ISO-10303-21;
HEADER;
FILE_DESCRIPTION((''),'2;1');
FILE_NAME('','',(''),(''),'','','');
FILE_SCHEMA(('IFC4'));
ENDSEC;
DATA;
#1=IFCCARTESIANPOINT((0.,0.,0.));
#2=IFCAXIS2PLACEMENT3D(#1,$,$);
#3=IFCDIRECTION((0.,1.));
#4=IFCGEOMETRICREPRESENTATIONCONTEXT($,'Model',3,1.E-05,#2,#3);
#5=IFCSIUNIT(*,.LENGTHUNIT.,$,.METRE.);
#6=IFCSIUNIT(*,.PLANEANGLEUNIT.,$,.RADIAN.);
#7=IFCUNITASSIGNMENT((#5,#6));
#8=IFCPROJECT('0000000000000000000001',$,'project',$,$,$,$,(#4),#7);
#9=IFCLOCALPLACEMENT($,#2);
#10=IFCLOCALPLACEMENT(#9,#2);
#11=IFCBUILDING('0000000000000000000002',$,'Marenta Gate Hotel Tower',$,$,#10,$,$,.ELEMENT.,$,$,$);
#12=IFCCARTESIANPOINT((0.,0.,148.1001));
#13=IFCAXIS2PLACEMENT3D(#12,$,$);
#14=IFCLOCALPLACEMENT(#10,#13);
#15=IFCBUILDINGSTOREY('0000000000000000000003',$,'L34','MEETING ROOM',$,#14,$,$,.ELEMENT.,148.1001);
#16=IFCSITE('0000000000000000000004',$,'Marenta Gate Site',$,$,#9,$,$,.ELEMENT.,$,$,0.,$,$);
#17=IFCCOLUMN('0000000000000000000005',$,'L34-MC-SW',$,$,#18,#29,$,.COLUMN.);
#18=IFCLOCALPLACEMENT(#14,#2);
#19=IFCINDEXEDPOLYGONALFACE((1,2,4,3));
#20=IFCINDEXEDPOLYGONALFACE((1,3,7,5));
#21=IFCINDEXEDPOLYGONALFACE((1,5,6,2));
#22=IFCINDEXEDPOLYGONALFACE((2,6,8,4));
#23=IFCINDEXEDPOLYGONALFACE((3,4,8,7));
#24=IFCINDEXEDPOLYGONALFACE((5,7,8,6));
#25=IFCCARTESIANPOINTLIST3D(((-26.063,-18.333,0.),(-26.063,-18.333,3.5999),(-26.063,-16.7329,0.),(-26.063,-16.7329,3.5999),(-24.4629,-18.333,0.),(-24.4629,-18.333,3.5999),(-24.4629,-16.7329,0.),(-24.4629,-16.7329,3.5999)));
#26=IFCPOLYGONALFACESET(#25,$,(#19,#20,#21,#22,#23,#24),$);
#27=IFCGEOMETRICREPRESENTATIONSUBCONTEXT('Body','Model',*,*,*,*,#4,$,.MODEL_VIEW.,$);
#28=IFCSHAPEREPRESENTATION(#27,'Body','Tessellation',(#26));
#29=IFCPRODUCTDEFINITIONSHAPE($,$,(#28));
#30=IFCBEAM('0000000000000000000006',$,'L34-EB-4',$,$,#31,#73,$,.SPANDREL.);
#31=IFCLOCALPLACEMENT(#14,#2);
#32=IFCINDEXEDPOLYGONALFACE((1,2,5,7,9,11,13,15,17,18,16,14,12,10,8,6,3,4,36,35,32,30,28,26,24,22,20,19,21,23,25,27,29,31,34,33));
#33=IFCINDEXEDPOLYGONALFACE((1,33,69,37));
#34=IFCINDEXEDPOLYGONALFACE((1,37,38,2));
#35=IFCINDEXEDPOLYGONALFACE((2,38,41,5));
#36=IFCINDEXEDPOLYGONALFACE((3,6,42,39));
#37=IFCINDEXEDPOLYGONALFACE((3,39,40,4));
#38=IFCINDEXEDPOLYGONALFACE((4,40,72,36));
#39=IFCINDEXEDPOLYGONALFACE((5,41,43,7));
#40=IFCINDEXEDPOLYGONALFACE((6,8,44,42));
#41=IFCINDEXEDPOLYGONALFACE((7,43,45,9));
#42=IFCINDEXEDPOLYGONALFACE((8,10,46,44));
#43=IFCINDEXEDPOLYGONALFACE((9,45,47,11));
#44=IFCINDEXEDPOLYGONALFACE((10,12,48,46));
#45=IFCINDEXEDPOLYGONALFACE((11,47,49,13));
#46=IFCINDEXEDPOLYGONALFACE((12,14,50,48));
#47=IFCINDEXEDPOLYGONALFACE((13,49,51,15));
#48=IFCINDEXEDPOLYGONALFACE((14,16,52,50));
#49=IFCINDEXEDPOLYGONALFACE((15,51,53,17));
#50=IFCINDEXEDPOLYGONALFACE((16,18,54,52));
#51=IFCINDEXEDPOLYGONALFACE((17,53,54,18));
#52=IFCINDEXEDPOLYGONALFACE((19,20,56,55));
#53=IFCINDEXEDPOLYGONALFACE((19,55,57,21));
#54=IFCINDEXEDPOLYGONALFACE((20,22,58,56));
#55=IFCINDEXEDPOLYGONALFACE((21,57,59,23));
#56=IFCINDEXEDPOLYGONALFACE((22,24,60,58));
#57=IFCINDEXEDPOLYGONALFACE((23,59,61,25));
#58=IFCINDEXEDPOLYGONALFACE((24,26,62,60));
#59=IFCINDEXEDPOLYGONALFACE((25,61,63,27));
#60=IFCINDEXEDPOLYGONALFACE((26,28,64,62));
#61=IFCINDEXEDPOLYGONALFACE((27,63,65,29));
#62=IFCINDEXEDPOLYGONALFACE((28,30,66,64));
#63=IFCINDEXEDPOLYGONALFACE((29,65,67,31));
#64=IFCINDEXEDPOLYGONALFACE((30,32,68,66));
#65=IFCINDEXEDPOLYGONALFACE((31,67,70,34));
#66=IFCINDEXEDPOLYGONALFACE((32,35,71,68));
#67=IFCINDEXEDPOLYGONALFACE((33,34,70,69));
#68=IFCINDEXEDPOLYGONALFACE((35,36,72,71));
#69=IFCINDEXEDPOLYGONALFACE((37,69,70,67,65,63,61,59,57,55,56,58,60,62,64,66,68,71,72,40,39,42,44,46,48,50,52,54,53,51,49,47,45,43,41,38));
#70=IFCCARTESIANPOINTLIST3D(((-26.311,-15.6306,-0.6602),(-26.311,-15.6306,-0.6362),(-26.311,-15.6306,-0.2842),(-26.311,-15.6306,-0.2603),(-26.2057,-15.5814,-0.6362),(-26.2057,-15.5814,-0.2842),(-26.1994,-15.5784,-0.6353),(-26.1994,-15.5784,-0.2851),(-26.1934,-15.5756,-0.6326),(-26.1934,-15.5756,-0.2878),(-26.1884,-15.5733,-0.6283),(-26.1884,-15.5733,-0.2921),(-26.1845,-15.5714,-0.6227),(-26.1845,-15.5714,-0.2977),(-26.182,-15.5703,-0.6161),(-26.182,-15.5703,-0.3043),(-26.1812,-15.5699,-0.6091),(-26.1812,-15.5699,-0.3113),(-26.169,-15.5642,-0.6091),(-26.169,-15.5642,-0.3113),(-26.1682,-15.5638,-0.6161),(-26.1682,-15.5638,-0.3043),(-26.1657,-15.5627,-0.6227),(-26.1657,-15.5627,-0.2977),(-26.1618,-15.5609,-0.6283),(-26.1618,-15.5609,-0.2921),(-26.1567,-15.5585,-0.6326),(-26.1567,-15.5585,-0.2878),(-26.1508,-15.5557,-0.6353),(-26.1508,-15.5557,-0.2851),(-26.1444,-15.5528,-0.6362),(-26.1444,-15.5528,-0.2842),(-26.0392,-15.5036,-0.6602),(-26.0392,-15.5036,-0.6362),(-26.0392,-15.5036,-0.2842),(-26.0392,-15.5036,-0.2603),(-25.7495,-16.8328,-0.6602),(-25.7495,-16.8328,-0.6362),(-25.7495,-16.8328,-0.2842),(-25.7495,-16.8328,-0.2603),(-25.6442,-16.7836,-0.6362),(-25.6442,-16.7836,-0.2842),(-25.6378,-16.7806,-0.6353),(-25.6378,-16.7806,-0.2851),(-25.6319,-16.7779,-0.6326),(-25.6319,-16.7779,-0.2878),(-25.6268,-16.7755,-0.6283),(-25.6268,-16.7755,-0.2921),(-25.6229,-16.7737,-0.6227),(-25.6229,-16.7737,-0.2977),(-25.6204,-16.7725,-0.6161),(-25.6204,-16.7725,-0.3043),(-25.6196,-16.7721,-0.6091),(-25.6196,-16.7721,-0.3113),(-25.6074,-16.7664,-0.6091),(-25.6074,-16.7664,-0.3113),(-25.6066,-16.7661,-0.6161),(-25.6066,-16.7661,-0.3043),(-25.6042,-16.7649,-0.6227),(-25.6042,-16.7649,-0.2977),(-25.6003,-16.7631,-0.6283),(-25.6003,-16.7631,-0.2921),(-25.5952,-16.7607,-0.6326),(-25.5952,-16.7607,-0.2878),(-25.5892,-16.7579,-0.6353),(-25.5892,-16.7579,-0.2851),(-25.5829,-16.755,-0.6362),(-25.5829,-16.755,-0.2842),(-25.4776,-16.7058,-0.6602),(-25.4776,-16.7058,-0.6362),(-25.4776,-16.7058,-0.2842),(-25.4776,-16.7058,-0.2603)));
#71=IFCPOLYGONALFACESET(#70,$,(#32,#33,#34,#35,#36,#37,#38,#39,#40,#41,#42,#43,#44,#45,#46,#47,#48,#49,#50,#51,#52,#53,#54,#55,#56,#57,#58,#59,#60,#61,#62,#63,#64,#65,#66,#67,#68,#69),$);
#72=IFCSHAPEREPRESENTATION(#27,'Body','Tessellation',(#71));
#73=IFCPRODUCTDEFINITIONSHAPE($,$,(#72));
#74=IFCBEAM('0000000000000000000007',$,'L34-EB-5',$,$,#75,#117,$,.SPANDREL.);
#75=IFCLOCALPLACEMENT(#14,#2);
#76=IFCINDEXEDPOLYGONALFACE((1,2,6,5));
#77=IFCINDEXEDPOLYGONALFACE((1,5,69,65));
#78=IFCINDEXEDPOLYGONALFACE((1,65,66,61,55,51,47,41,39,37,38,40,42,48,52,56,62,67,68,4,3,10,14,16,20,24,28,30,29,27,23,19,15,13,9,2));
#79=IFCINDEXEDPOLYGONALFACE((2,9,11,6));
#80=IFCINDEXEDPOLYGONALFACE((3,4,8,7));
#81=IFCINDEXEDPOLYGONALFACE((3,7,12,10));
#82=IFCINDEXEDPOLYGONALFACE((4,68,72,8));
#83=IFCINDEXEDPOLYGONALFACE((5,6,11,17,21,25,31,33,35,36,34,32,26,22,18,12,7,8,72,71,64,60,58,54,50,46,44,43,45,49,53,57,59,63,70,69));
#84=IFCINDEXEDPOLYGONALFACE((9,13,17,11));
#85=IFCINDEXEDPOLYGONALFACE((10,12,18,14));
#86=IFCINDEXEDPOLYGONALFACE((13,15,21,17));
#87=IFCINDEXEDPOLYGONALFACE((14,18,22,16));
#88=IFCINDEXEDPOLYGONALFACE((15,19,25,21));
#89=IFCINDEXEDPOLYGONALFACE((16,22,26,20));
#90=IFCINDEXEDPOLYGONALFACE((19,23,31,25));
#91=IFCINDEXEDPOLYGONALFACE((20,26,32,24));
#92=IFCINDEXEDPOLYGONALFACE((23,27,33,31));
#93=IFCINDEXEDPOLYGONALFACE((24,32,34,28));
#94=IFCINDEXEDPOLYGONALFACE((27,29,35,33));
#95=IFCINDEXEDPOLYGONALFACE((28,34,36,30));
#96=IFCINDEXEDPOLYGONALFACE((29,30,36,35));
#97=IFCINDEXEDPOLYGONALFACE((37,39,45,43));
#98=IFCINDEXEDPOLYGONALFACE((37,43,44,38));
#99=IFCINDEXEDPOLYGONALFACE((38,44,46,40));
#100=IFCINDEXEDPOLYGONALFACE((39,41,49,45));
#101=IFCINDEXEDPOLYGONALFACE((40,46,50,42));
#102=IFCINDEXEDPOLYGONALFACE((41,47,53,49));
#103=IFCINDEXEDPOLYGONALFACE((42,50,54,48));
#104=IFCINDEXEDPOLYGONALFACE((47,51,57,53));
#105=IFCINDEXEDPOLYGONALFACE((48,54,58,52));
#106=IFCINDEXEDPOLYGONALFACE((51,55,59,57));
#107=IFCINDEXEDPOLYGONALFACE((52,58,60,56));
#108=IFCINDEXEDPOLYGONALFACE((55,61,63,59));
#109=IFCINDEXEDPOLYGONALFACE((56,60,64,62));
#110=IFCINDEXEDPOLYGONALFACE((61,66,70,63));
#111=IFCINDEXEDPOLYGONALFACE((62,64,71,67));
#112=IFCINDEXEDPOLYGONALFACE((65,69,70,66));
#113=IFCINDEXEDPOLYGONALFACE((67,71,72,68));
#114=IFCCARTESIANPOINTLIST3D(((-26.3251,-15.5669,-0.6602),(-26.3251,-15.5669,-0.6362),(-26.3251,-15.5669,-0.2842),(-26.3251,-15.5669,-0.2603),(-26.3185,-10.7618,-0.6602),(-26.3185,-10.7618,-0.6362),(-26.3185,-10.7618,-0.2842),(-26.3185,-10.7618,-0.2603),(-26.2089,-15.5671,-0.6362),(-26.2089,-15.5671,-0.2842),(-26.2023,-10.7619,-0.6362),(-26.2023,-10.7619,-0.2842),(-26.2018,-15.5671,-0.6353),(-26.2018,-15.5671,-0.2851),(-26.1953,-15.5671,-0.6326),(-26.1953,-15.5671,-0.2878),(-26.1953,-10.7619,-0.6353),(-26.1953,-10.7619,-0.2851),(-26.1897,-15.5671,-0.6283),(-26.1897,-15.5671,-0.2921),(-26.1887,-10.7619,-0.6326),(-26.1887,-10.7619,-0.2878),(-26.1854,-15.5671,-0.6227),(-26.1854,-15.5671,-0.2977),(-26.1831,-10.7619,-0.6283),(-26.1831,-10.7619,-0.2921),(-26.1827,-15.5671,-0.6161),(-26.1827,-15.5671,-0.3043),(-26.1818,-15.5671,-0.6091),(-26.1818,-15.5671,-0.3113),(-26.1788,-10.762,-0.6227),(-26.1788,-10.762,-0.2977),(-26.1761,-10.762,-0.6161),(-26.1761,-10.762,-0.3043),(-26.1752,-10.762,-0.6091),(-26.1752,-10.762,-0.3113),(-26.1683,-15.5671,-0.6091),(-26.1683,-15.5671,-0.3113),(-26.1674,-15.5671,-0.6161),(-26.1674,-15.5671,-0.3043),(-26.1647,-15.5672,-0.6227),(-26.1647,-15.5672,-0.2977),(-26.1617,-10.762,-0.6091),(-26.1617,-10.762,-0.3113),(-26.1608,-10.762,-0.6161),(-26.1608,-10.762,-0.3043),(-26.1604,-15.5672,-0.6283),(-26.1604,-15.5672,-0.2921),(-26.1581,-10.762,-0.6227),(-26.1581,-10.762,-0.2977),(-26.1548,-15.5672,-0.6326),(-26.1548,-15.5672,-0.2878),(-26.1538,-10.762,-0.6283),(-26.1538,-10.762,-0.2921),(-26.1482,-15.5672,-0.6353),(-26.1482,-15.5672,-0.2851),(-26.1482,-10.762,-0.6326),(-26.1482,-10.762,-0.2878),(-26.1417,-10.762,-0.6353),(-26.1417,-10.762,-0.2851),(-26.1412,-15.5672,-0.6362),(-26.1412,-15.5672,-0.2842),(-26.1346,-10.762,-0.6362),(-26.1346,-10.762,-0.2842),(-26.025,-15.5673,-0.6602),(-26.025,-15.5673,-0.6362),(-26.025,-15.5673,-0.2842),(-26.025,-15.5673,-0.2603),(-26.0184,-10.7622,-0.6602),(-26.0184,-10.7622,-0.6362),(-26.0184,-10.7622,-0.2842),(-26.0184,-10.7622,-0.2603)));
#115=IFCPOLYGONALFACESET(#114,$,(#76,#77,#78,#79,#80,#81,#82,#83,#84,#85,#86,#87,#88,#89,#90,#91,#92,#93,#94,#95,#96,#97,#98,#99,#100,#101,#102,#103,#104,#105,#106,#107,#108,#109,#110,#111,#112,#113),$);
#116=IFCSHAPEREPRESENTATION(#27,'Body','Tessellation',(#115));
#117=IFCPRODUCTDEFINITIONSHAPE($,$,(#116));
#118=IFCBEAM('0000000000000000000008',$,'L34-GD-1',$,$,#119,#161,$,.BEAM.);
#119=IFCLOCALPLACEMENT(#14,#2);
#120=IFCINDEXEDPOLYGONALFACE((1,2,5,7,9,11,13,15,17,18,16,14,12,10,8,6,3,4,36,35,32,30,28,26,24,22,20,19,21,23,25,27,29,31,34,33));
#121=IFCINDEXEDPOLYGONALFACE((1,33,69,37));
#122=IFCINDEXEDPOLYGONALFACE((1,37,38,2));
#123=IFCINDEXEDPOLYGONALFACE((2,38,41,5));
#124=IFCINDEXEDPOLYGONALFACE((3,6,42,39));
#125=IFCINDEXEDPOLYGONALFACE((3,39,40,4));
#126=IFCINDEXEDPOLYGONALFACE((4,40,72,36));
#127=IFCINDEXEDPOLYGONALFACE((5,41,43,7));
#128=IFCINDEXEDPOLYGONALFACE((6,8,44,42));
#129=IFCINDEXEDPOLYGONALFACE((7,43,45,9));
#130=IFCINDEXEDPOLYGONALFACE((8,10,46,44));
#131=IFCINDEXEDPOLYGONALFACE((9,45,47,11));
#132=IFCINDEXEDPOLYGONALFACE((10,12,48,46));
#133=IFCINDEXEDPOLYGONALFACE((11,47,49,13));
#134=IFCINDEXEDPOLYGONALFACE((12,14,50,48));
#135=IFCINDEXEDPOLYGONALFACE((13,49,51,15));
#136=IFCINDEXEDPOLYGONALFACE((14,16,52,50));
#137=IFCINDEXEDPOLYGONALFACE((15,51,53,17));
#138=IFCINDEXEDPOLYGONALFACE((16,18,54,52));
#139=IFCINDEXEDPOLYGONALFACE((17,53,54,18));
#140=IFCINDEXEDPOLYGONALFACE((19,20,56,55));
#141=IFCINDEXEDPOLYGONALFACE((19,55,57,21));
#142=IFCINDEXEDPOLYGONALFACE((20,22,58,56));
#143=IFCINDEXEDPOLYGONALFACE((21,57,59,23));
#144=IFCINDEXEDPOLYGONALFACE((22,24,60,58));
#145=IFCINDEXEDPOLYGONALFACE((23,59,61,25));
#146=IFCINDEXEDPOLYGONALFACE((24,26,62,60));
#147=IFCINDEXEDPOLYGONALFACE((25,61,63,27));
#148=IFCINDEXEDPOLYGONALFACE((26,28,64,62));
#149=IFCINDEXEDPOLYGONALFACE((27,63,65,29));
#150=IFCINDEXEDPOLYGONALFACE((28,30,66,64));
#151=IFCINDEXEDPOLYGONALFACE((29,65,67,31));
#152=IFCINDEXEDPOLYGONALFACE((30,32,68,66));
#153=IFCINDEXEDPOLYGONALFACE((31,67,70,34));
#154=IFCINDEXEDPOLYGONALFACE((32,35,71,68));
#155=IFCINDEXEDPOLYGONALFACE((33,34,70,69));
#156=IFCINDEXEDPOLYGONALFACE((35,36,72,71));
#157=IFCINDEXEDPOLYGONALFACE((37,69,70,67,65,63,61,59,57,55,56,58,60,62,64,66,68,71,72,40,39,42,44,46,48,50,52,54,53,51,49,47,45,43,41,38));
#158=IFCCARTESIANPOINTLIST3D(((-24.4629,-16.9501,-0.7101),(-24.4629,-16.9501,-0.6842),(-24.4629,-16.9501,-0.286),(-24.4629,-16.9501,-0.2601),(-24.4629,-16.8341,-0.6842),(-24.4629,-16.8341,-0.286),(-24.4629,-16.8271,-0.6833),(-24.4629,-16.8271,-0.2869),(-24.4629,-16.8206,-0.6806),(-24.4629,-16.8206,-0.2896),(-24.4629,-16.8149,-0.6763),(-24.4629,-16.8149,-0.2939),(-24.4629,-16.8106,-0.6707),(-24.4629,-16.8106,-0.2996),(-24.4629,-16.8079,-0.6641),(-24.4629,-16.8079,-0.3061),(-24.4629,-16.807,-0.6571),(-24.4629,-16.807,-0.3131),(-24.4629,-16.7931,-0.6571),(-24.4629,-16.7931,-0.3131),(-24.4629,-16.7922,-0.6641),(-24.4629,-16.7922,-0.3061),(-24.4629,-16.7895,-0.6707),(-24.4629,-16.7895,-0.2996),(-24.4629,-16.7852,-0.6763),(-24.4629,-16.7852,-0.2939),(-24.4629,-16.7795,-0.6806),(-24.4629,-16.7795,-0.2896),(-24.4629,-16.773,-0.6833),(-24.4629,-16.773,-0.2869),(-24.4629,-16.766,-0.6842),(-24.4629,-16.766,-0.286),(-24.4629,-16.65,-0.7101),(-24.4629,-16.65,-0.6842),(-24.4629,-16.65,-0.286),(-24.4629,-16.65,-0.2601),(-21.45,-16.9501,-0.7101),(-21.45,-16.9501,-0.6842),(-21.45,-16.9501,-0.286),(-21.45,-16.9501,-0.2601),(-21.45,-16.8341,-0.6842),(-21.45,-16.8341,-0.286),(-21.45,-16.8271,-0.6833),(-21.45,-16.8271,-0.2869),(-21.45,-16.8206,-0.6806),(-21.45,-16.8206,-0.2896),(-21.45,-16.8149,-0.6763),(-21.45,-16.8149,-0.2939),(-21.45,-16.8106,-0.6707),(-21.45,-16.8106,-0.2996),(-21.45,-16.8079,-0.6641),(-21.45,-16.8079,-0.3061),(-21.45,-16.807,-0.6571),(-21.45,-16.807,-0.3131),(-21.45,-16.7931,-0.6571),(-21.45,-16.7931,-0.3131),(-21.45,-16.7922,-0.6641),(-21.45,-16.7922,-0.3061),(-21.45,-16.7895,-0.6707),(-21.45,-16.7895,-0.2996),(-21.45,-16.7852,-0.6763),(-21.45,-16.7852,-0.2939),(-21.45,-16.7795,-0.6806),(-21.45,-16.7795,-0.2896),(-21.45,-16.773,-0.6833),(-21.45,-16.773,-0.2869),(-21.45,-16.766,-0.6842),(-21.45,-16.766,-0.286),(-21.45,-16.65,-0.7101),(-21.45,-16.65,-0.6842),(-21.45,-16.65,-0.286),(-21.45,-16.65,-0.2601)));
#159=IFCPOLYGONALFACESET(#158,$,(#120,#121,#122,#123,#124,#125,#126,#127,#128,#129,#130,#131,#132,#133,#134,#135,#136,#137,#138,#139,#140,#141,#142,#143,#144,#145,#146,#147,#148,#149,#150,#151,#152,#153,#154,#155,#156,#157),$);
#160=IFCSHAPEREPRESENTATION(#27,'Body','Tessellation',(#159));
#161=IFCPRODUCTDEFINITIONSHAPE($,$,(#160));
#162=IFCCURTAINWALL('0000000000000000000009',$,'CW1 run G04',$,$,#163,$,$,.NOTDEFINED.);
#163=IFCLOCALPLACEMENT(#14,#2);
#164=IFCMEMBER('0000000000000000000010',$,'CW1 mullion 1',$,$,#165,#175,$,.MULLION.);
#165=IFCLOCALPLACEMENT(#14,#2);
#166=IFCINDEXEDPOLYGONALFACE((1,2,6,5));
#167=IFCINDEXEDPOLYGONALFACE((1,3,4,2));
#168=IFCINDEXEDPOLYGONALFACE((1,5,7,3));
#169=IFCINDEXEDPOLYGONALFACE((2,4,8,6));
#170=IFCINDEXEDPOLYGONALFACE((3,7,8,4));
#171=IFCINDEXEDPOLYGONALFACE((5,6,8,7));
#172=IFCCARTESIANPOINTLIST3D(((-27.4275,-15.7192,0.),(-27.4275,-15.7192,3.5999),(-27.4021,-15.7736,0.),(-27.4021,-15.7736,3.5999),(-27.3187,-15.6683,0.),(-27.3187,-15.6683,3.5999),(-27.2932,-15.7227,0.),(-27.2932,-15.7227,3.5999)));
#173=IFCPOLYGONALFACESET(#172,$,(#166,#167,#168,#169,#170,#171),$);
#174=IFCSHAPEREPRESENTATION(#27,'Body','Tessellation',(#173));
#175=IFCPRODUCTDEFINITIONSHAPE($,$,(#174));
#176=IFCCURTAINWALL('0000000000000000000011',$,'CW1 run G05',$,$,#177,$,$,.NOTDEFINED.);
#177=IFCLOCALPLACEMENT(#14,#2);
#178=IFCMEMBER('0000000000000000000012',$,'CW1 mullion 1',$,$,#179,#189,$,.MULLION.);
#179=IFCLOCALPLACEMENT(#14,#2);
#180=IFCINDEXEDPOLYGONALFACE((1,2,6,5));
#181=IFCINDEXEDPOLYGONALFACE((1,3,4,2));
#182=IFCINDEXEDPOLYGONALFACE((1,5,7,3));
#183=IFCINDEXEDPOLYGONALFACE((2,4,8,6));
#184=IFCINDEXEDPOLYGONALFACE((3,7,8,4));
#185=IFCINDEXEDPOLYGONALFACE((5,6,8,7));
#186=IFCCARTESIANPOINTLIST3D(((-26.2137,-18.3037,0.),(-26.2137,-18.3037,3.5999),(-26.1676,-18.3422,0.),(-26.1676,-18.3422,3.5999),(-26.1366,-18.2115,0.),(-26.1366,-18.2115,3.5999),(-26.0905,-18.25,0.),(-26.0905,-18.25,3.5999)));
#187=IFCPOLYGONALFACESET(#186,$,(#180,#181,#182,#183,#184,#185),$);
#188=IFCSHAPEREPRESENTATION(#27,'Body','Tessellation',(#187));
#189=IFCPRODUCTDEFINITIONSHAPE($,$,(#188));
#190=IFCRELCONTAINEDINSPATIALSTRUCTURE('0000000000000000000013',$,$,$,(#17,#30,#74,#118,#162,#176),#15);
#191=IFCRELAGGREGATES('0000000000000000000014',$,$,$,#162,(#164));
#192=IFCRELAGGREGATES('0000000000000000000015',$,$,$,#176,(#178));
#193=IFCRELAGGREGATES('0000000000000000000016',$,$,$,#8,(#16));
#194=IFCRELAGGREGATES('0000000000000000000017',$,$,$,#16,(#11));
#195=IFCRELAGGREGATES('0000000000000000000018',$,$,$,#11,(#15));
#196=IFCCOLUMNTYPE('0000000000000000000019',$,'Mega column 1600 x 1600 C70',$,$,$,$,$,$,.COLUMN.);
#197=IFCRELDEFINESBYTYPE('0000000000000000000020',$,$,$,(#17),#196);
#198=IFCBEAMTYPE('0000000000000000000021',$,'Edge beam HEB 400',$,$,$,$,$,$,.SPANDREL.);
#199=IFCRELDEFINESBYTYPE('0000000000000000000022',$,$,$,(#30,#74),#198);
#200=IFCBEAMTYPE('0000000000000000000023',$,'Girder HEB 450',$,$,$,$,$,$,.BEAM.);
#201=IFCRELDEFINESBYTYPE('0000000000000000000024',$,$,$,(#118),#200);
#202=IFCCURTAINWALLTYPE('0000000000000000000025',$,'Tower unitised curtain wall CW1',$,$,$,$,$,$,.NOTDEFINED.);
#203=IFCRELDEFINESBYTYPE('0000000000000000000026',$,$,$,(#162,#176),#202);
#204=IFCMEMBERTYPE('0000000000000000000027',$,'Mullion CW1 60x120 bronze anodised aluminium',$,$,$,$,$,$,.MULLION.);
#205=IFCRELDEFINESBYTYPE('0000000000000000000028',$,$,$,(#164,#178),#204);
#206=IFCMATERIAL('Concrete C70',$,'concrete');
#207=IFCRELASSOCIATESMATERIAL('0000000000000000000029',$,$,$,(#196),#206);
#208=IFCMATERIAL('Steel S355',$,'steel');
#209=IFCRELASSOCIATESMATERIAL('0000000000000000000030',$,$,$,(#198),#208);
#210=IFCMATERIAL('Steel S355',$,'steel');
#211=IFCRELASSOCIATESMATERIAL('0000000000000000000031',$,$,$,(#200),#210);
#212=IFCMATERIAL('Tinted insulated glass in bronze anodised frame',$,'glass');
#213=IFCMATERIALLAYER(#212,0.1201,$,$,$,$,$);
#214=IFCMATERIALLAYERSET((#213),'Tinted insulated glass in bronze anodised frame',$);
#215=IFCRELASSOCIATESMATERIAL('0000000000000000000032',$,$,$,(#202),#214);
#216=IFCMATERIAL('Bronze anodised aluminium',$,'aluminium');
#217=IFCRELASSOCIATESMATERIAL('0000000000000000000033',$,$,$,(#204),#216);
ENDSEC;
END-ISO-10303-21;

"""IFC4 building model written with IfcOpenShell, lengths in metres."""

from ifc_helpers import new_model, si_unit, direction, frame, origin, origin_2d, place, context, subcontext, project, spatial, rectangle, i_section, extrude, material, layer, layer_set, material_profile, profile_set, type_object, element, aggregate, save


model = new_model("IFC4")

# Units and contexts
model_context = context("Model", 3, precision=1e-05, world=origin(), true_north=direction((0.0, 1.0)))
body_context = subcontext(model_context, "Body", "Model", "MODEL_VIEW")
ifc_project = project(units=[si_unit("LENGTHUNIT", "METRE"), si_unit("PLANEANGLEUNIT", "RADIAN")], contexts=[model_context])

# Site, building, storey
site_placement = place(None, origin())
site = spatial("IfcSite", under=ifc_project, at=site_placement, Name="Marenta Gate Site", CompositionType="ELEMENT", RefElevation=0.0)
building_placement = place(site_placement, origin())
building = spatial("IfcBuilding", under=site, at=building_placement, Name="Marenta Gate Hotel Tower", CompositionType="ELEMENT")
storey_placement = place(building_placement, frame((0.0, 0.0, 148.1001)))
storey = spatial("IfcBuildingStorey", under=building, at=storey_placement, Name="L34", Description="MEETING ROOM", CompositionType="ELEMENT", Elevation=148.1001)

# Column
ifc_material_1 = material(Name="Concrete C70", Category="concrete")
ifc_material_profile_1 = material_profile(ifc_material_1, rectangle(XDim=1.6001, YDim=1.6001, at=origin_2d()), Name="1600 x 1600")
ifc_profile_set_1 = profile_set([ifc_material_profile_1], Name="Concrete C70")
column_type = type_object("IfcColumnType", Name="Mega column 1600 x 1600 C70", PredefinedType="COLUMN", material=ifc_profile_set_1)
column_placement = place(storey_placement, frame((-25.2629, -17.533, 0.0), z_axis=(0.0, 0.0, 1.0), x_axis=(1.0, 0.0, 0.0)))
element("IfcColumn", 1, at=column_placement, inside=storey, type_object=column_type, Name="L34-MC-SW", PredefinedType="COLUMN", context=body_context, shape_type="SweptSolid", body=[
    extrude(rectangle(XDim=1.6001, YDim=1.6001, at=origin_2d()), origin(), (0.0, 0.0, 1.0), 3.5999),
])

# Beams
ifc_material_2 = material(Name="Steel S355", Category="steel")
ifc_material_profile_2 = material_profile(ifc_material_2, i_section(OverallWidth=0.3, OverallDepth=0.3999, WebThickness=0.0134, FlangeThickness=0.0239, FilletRadius=0.0271, at=origin_2d()), Name="HEB 400")
ifc_profile_set_2 = profile_set([ifc_material_profile_2], Name="Steel S355")
beam_type_1 = type_object("IfcBeamType", Name="Edge beam HEB 400", PredefinedType="SPANDREL", material=ifc_profile_set_2)
beam_1_placement = place(storey_placement, frame((-25.6135, -16.7693, -0.4602), z_axis=(-0.423208, 0.906033, 0.0), x_axis=(-0.906033, -0.423208, 0.0)))
element("IfcBeam", 2, at=beam_1_placement, inside=storey, type_object=beam_type_1, Name="L34-EB-4", PredefinedType="SPANDREL", context=body_context, shape_type="SweptSolid", body=[
    extrude(i_section(OverallWidth=0.3, OverallDepth=0.3999, WebThickness=0.0134, FlangeThickness=0.0239, FilletRadius=0.0271, at=origin_2d()), origin(), (0.0, 0.0, 1.0), 1.3269),
])
beam_2_placement = place(storey_placement, frame((-26.175, -15.5671, -0.4602), z_axis=(0.001372, 0.999999, 0.0), x_axis=(-0.999999, 0.001372, 0.0)))
element("IfcBeam", 3, at=beam_2_placement, inside=storey, type_object=beam_type_1, Name="L34-EB-5", PredefinedType="SPANDREL", context=body_context, shape_type="SweptSolid", body=[
    extrude(i_section(OverallWidth=0.3, OverallDepth=0.3999, WebThickness=0.0134, FlangeThickness=0.0239, FilletRadius=0.0271, at=origin_2d()), origin(), (0.0, 0.0, 1.0), 4.8052),
])
ifc_material_3 = material(Name="Steel S355", Category="steel")
ifc_material_profile_3 = material_profile(ifc_material_3, i_section(OverallWidth=0.3, OverallDepth=0.45, WebThickness=0.0139, FlangeThickness=0.0259, FilletRadius=0.0271, at=origin_2d()), Name="HEB 450")
ifc_profile_set_3 = profile_set([ifc_material_profile_3], Name="Steel S355")
beam_type_2 = type_object("IfcBeamType", Name="Girder HEB 450", PredefinedType="BEAM", material=ifc_profile_set_3)
beam_3_placement = place(storey_placement, frame((-24.4629, -16.8, -0.4851), z_axis=(1.0, 0.0, 0.0), x_axis=(0.0, 1.0, 0.0)))
element("IfcBeam", 4, at=beam_3_placement, inside=storey, type_object=beam_type_2, Name="L34-GD-1", PredefinedType="BEAM", context=body_context, shape_type="SweptSolid", body=[
    extrude(i_section(OverallWidth=0.3, OverallDepth=0.45, WebThickness=0.0139, FlangeThickness=0.0259, FilletRadius=0.0271, at=origin_2d()), origin(), (0.0, 0.0, 1.0), 3.0129),
])

# Curtain walls, members
ifc_material_4 = material(Name="Tinted insulated glass in bronze anodised frame", Category="glass")
ifc_layer_1 = layer(ifc_material_4, 0.1201)
ifc_layer_set_1 = layer_set([ifc_layer_1], Name="Tinted insulated glass in bronze anodised frame")
curtain_wall_type = type_object("IfcCurtainWallType", Name="Tower unitised curtain wall CW1", PredefinedType="NOTDEFINED", material=ifc_layer_set_1)
curtain_wall_1_placement = place(storey_placement, origin())
curtain_wall_1 = element("IfcCurtainWall", 5, at=curtain_wall_1_placement, inside=storey, type_object=curtain_wall_type, Name="CW1 run G04", PredefinedType="NOTDEFINED")
ifc_material_5 = material(Name="Bronze anodised aluminium", Category="aluminium")
ifc_material_profile_4 = material_profile(ifc_material_5, rectangle(XDim=0.1201, YDim=0.0601, at=origin_2d()), Name="Mullion CW1 60x120 bronze anodised aluminium")
ifc_profile_set_4 = profile_set([ifc_material_profile_4], Name="Bronze anodised aluminium")
member_type_1 = type_object("IfcMemberType", Name="Mullion CW1 60x120 bronze anodised aluminium", PredefinedType="MULLION", material=ifc_profile_set_4)
member_1_placement = place(storey_placement, frame((-27.3604, -15.7209, 0.0), z_axis=(0.0, 0.0, 1.0), x_axis=(0.905972, 0.423338, 0.0)))
member_1 = element("IfcMember", 6, at=member_1_placement, type_object=member_type_1, Name="CW1 mullion 1", PredefinedType="MULLION", context=body_context, shape_type="SweptSolid", body=[
    extrude(rectangle(XDim=0.1201, YDim=0.0601, at=origin_2d()), origin(), (0.0, 0.0, 1.0), 3.5999),
])
curtain_wall_2_placement = place(storey_placement, origin())
curtain_wall_2 = element("IfcCurtainWall", 7, at=curtain_wall_2_placement, inside=storey, type_object=curtain_wall_type, Name="CW1 run G05", PredefinedType="NOTDEFINED")
member_2_placement = place(storey_placement, frame((-26.1521, -18.2769, 0.0), z_axis=(0.0, 0.0, 1.0), x_axis=(0.641512, 0.767113, 0.0)))
member_2 = element("IfcMember", 8, at=member_2_placement, type_object=member_type_1, Name="CW1 mullion 1", PredefinedType="MULLION", context=body_context, shape_type="SweptSolid", body=[
    extrude(rectangle(XDim=0.1201, YDim=0.0601, at=origin_2d()), origin(), (0.0, 0.0, 1.0), 3.5999),
])

aggregate(curtain_wall_1, [member_1])
aggregate(curtain_wall_2, [member_2])

save(model, "model.ifc")
